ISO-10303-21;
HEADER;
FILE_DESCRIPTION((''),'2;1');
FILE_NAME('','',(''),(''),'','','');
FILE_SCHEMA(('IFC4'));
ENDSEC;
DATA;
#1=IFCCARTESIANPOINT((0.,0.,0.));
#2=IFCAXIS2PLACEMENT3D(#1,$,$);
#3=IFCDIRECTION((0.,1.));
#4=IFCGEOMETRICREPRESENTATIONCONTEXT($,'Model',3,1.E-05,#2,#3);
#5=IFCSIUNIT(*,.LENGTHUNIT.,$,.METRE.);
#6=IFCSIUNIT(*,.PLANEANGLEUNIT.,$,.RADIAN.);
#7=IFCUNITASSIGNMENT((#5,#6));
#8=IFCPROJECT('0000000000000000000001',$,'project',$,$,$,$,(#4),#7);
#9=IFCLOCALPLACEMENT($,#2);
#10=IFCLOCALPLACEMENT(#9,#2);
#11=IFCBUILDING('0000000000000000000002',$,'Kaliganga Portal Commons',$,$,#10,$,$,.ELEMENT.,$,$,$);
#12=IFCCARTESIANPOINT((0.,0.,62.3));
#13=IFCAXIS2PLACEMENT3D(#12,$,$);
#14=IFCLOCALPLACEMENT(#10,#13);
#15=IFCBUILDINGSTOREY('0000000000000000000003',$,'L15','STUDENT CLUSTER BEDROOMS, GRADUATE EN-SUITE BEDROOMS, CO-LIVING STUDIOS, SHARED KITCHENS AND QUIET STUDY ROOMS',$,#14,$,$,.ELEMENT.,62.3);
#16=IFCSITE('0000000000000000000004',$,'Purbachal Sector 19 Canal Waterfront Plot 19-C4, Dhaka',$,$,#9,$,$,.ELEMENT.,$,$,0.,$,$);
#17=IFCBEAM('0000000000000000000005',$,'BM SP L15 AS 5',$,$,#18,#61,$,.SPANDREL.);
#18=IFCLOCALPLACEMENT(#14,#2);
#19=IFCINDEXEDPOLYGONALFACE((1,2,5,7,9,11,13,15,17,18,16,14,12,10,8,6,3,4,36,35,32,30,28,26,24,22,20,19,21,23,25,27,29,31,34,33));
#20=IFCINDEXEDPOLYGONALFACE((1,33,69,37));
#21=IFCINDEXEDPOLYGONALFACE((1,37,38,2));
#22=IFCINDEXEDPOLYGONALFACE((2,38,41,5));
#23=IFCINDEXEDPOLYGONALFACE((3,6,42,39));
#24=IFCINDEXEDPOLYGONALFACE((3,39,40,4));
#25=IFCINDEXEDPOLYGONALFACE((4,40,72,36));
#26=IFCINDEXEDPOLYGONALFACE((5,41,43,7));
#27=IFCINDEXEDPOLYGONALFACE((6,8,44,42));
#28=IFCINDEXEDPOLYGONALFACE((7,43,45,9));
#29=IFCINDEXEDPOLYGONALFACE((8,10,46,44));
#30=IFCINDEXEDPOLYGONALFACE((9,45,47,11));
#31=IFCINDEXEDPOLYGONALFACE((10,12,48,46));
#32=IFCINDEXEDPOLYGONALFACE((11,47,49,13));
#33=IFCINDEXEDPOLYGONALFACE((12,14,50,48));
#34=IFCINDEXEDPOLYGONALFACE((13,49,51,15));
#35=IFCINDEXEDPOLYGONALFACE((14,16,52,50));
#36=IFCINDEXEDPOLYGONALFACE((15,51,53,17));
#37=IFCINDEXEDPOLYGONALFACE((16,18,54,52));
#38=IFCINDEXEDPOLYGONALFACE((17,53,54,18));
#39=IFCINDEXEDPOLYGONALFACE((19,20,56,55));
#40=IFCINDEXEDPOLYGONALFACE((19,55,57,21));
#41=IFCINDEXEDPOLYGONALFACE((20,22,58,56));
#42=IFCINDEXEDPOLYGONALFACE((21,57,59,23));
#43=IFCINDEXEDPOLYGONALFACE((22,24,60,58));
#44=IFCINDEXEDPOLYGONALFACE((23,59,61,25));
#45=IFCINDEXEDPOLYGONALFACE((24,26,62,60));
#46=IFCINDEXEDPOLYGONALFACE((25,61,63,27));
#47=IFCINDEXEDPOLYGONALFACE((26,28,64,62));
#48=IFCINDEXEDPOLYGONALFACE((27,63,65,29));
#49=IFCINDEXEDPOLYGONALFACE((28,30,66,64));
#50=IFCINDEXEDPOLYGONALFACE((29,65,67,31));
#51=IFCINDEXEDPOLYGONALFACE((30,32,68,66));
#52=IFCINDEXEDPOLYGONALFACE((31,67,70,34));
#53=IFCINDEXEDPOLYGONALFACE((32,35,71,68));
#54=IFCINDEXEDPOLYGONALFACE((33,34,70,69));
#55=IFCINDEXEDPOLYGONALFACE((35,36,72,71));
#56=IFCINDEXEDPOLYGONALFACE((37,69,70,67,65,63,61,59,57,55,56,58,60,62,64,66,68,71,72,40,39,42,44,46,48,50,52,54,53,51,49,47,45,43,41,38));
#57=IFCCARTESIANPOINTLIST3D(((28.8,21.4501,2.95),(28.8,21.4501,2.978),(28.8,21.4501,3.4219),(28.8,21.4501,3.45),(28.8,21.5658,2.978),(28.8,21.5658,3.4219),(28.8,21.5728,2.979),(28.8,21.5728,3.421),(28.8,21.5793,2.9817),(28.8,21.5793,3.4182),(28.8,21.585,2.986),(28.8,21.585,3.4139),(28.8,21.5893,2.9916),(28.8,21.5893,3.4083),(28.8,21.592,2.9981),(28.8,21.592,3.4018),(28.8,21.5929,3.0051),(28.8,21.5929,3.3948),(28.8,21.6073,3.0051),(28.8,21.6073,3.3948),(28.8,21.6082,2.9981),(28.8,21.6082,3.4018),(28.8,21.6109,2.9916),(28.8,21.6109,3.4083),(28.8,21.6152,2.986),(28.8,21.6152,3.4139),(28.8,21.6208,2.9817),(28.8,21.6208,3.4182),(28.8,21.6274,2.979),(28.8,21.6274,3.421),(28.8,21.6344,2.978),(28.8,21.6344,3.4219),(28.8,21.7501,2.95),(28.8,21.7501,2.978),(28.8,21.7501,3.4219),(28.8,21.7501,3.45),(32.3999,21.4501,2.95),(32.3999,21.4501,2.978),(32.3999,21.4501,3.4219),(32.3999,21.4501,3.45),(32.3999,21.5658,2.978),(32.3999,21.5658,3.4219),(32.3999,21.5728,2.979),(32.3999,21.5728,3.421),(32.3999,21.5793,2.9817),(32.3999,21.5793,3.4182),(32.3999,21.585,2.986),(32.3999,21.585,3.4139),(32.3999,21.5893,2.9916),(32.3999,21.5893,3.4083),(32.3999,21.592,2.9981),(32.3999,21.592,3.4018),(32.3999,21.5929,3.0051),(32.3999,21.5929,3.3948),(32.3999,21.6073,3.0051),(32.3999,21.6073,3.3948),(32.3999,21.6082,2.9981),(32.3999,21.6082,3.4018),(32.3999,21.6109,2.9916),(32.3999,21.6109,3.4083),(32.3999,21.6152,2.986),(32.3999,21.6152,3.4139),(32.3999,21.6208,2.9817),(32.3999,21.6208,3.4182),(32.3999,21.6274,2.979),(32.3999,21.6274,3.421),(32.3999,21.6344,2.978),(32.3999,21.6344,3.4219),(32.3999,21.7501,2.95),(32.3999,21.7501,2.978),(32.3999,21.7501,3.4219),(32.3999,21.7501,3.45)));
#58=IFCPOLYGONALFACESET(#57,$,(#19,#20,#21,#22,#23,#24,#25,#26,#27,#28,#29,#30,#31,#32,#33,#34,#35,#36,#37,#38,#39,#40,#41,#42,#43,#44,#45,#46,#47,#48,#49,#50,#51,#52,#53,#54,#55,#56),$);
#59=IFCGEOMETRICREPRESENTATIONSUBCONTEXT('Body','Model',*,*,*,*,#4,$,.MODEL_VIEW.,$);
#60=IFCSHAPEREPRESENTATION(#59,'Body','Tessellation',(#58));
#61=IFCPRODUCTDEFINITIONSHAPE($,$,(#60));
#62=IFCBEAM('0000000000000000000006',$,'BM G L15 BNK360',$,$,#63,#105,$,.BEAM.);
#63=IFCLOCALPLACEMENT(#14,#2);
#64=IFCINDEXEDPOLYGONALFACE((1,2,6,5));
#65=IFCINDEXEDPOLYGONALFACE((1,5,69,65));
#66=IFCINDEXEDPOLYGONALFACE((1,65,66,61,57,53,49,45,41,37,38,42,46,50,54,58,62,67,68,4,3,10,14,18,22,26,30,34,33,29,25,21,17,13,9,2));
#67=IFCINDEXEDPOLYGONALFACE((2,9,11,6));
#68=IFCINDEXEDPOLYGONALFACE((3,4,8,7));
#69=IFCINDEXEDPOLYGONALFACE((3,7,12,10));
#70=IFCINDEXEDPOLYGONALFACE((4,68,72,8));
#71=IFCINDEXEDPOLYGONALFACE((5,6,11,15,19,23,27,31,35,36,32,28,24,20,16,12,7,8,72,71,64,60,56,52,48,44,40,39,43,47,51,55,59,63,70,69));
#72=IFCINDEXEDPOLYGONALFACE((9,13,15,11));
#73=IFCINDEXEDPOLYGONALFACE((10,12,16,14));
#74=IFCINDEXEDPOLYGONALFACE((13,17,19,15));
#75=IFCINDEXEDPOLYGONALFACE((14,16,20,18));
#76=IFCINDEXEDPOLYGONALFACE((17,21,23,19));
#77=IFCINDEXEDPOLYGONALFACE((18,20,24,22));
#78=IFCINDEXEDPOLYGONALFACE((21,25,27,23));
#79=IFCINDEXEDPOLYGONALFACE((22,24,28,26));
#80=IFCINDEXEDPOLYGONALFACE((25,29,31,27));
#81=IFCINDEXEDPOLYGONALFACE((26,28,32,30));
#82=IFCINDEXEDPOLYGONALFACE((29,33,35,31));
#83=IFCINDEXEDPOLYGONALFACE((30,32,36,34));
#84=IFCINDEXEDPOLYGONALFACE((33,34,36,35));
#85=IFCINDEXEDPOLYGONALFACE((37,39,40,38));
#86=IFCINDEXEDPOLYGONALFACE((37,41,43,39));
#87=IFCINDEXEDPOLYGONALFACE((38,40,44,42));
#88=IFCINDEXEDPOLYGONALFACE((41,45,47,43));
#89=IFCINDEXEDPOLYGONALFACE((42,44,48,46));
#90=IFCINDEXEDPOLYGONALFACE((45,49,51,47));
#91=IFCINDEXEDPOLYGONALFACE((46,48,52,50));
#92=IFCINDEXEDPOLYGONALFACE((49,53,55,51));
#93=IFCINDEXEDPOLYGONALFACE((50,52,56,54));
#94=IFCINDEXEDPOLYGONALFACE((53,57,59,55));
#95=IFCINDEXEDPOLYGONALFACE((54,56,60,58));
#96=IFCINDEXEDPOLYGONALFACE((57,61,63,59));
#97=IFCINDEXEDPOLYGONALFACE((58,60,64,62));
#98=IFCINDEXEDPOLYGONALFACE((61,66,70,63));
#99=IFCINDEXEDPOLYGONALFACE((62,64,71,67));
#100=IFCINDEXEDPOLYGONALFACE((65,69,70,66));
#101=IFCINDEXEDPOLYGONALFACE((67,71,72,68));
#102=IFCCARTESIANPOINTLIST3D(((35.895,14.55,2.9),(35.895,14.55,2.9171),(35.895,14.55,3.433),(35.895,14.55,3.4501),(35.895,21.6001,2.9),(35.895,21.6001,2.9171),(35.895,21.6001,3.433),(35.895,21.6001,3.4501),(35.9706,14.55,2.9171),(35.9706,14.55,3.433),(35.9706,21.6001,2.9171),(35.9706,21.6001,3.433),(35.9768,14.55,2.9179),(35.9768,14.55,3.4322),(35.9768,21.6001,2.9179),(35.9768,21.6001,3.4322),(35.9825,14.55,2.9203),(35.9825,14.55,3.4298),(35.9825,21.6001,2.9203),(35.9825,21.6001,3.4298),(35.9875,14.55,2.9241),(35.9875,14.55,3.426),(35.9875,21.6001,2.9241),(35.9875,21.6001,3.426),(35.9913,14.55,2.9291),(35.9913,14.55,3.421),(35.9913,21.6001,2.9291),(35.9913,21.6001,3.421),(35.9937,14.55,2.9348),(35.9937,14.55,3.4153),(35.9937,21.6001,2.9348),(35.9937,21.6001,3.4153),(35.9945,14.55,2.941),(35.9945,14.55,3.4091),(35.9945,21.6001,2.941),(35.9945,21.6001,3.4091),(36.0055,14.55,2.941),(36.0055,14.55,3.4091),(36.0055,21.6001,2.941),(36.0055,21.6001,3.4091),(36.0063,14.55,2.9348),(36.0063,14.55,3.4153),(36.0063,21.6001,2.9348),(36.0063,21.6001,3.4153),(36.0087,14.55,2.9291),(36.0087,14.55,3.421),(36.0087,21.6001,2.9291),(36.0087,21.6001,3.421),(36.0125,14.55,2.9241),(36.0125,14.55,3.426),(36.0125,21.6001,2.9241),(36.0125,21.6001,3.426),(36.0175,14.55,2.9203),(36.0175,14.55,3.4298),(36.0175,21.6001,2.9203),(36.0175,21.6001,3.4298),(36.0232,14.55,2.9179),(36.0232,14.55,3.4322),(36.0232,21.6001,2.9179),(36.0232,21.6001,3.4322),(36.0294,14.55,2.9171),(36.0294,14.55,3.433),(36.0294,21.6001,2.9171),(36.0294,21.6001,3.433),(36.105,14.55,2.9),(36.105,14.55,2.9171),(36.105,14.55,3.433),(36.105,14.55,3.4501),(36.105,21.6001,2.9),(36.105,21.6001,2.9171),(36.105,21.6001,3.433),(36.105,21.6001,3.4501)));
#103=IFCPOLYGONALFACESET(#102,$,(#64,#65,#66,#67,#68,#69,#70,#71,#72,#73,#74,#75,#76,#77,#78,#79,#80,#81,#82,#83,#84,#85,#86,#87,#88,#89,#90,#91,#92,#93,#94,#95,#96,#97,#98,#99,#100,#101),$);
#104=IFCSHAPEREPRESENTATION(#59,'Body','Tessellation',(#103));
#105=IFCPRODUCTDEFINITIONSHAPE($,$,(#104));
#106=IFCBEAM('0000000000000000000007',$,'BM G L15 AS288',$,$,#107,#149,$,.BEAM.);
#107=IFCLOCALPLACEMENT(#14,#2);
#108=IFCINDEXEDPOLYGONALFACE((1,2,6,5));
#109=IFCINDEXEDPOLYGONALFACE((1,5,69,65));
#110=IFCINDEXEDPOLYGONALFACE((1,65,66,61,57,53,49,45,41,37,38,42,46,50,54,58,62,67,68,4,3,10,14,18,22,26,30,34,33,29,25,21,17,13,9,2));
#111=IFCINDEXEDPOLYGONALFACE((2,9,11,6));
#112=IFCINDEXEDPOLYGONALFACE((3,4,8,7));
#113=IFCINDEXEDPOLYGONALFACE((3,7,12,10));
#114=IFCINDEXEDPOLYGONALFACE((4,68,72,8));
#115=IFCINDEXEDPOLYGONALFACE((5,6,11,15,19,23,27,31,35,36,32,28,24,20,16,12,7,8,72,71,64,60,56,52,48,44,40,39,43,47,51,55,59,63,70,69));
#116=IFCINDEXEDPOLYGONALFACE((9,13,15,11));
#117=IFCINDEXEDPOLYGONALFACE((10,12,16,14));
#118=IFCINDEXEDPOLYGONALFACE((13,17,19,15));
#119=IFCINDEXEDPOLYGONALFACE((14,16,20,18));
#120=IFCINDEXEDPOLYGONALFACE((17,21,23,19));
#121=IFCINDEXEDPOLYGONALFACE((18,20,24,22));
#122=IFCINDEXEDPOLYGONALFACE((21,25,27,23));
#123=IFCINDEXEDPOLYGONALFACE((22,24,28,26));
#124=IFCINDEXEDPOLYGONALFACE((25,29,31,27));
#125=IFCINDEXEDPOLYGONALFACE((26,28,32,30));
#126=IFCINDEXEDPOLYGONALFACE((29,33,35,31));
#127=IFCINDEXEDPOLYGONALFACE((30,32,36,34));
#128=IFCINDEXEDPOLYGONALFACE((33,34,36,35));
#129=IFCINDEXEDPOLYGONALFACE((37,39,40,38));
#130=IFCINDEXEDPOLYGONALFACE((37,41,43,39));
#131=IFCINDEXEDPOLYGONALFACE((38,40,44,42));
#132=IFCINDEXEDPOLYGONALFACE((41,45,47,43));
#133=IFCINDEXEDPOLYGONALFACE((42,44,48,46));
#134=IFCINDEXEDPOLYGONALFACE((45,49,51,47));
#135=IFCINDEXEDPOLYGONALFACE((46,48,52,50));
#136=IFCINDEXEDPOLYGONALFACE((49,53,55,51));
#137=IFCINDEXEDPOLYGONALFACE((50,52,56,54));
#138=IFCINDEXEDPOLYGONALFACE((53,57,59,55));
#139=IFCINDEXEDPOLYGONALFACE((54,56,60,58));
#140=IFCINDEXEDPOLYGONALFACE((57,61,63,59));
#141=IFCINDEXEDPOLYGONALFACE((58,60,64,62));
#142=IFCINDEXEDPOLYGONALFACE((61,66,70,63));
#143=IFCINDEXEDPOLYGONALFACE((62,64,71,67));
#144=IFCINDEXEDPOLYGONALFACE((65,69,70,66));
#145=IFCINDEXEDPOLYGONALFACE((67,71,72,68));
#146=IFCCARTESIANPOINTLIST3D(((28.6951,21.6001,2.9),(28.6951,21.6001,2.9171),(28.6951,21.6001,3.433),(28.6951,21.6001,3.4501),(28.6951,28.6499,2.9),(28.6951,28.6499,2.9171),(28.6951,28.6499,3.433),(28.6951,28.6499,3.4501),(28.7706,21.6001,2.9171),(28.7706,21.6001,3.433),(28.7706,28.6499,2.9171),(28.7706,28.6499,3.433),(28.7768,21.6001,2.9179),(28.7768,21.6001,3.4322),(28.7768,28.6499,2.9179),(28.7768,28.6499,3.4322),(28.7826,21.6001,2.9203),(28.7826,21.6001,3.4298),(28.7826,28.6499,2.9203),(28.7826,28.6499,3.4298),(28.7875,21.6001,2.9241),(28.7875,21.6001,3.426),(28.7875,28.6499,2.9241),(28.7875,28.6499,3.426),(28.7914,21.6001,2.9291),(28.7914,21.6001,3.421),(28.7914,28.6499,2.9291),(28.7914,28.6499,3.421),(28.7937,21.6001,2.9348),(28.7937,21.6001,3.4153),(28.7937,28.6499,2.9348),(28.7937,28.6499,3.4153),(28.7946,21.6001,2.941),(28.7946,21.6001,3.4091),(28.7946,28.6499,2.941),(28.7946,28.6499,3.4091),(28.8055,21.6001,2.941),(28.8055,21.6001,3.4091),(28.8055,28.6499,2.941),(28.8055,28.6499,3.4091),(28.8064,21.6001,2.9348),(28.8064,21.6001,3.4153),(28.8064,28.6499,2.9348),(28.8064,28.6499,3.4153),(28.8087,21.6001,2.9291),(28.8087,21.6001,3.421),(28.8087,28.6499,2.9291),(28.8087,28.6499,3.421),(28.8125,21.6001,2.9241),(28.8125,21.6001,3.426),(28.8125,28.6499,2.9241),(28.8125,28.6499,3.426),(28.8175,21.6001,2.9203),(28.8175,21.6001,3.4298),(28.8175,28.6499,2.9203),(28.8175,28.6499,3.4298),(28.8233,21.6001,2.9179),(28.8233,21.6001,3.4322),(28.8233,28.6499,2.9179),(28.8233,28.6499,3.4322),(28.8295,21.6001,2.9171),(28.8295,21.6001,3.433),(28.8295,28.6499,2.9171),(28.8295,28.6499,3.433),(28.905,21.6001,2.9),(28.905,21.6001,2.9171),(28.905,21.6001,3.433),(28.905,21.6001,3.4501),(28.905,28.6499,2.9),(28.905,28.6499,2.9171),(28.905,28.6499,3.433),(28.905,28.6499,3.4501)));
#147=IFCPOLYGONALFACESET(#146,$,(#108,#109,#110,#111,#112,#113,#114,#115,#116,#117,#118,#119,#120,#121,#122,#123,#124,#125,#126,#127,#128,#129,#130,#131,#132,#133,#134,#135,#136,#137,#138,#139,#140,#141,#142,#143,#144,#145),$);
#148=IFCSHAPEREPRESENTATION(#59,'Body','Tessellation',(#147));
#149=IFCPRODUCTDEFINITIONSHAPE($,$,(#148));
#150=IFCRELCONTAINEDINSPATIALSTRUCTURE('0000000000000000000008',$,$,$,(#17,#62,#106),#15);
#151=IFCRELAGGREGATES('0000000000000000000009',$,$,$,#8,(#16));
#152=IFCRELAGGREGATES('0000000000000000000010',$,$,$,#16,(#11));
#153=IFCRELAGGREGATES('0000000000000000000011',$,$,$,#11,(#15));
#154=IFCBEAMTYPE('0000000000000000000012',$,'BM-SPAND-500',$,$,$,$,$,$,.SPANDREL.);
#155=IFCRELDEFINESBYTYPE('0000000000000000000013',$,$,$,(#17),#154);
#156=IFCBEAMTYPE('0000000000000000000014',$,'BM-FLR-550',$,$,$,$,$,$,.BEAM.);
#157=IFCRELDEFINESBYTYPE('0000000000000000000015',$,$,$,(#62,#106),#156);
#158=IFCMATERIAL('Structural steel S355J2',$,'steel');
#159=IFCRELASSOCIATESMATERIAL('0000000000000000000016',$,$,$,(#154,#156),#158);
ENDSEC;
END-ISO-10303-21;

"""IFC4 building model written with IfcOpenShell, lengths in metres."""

from ifc_helpers import new_model, si_unit, direction, frame, origin, origin_2d, place, context, subcontext, project, spatial, i_section, extrude, source, transform, mapped, material, material_profile, profile_set, type_object, element, save


model = new_model("IFC4")

# Units and contexts
model_context = context("Model", 3, precision=1e-05, world=origin(), true_north=direction((0.0, 1.0)))
body_context = subcontext(model_context, "Body", "Model", "MODEL_VIEW")
ifc_project = project(units=[si_unit("LENGTHUNIT", "METRE"), si_unit("PLANEANGLEUNIT", "RADIAN")], contexts=[model_context])

# Site, building, storey
site_placement = place(None, origin())
site = spatial("IfcSite", under=ifc_project, at=site_placement, Name="Purbachal Sector 19 Canal Waterfront Plot 19-C4, Dhaka", CompositionType="ELEMENT", RefElevation=0.0)
building_placement = place(site_placement, origin())
building = spatial("IfcBuilding", under=site, at=building_placement, Name="Kaliganga Portal Commons", CompositionType="ELEMENT")
storey_placement = place(building_placement, frame((0.0, 0.0, 62.3)))
storey = spatial("IfcBuildingStorey", under=building, at=storey_placement, Name="L15", Description="STUDENT CLUSTER BEDROOMS, GRADUATE EN-SUITE BEDROOMS, CO-LIVING STUDIOS, SHARED KITCHENS AND QUIET STUDY ROOMS", CompositionType="ELEMENT", Elevation=62.3)

# Beams
ifc_material_1 = material(Name="Structural steel S355J2", Category="steel")
ifc_material_profile_1 = material_profile(ifc_material_1, i_section(OverallWidth=0.3, OverallDepth=0.5, WebThickness=0.0144, FlangeThickness=0.0281, FilletRadius=0.0271, at=origin_2d()), Name="HE 500 B")
ifc_profile_set_1 = profile_set([ifc_material_profile_1], Name="Structural steel S355J2 wide-flange")
beam_type_1 = type_object("IfcBeamType", Name="BM-SPAND-500", PredefinedType="SPANDREL", material=ifc_profile_set_1)
shared_shape_1 = source(origin(), body_context, "Body", "SweptSolid", [
    extrude(i_section(OverallWidth=0.3, OverallDepth=0.5, WebThickness=0.0144, FlangeThickness=0.0281, FilletRadius=0.0271, at=origin_2d()), origin(), (0.0, 0.0, 1.0), 3.5999),
])
beam_1_placement = place(storey_placement, frame((28.8, 21.6001, 3.2), z_axis=(1.0, 0.0, 0.0), x_axis=(0.0, 1.0, 0.0)))
element("IfcBeam", 1, at=beam_1_placement, inside=storey, type_object=beam_type_1, Name="BM SP L15 AS 5", PredefinedType="SPANDREL", context=body_context, shape_type="MappedRepresentation", body=[
    mapped(shared_shape_1, transform((0.0, 0.0, 0.0), x_axis=(1.0, 0.0, 0.0), y_axis=(0.0, 1.0, 0.0), z_axis=(0.0, 0.0, 1.0), scale=1.0)),
])
ifc_material_profile_2 = material_profile(ifc_material_1, i_section(OverallWidth=0.21, OverallDepth=0.55, WebThickness=0.011, FlangeThickness=0.0171, FilletRadius=0.0239, at=origin_2d()), Name="IPE 550")
ifc_profile_set_2 = profile_set([ifc_material_profile_2], Name="Structural steel S355J2 wide-flange")
beam_type_2 = type_object("IfcBeamType", Name="BM-FLR-550", PredefinedType="BEAM", material=ifc_profile_set_2)
shared_shape_2 = source(origin(), body_context, "Body", "SweptSolid", [
    extrude(i_section(OverallWidth=0.21, OverallDepth=0.55, WebThickness=0.011, FlangeThickness=0.0171, FilletRadius=0.0239, at=origin_2d()), origin(), (0.0, 0.0, 1.0), 7.05),
])
beam_2_placement = place(storey_placement, frame((36.0, 14.55, 3.175), z_axis=(0.0, 1.0, 0.0), x_axis=(-1.0, 0.0, 0.0)))
element("IfcBeam", 2, at=beam_2_placement, inside=storey, type_object=beam_type_2, Name="BM G L15 BNK360", PredefinedType="BEAM", context=body_context, shape_type="MappedRepresentation", body=[
    mapped(shared_shape_2, transform((0.0, 0.0, 0.0), x_axis=(1.0, 0.0, 0.0), y_axis=(0.0, 1.0, 0.0), z_axis=(0.0, 0.0, 1.0), scale=1.0)),
])
shared_shape_3 = source(origin(), body_context, "Body", "SweptSolid", [
    extrude(i_section(OverallWidth=0.21, OverallDepth=0.55, WebThickness=0.011, FlangeThickness=0.0171, FilletRadius=0.0239, at=origin_2d()), origin(), (0.0, 0.0, 1.0), 7.0498),
])
beam_3_placement = place(storey_placement, frame((28.8, 21.6001, 3.175), z_axis=(0.0, 1.0, 0.0), x_axis=(-1.0, 0.0, 0.0)))
element("IfcBeam", 3, at=beam_3_placement, inside=storey, type_object=beam_type_2, Name="BM G L15 AS288", PredefinedType="BEAM", context=body_context, shape_type="MappedRepresentation", body=[
    mapped(shared_shape_3, transform((0.0, 0.0, 0.0), x_axis=(1.0, 0.0, 0.0), y_axis=(0.0, 1.0, 0.0), z_axis=(0.0, 0.0, 1.0), scale=1.0)),
])

save(model, "model.ifc")
